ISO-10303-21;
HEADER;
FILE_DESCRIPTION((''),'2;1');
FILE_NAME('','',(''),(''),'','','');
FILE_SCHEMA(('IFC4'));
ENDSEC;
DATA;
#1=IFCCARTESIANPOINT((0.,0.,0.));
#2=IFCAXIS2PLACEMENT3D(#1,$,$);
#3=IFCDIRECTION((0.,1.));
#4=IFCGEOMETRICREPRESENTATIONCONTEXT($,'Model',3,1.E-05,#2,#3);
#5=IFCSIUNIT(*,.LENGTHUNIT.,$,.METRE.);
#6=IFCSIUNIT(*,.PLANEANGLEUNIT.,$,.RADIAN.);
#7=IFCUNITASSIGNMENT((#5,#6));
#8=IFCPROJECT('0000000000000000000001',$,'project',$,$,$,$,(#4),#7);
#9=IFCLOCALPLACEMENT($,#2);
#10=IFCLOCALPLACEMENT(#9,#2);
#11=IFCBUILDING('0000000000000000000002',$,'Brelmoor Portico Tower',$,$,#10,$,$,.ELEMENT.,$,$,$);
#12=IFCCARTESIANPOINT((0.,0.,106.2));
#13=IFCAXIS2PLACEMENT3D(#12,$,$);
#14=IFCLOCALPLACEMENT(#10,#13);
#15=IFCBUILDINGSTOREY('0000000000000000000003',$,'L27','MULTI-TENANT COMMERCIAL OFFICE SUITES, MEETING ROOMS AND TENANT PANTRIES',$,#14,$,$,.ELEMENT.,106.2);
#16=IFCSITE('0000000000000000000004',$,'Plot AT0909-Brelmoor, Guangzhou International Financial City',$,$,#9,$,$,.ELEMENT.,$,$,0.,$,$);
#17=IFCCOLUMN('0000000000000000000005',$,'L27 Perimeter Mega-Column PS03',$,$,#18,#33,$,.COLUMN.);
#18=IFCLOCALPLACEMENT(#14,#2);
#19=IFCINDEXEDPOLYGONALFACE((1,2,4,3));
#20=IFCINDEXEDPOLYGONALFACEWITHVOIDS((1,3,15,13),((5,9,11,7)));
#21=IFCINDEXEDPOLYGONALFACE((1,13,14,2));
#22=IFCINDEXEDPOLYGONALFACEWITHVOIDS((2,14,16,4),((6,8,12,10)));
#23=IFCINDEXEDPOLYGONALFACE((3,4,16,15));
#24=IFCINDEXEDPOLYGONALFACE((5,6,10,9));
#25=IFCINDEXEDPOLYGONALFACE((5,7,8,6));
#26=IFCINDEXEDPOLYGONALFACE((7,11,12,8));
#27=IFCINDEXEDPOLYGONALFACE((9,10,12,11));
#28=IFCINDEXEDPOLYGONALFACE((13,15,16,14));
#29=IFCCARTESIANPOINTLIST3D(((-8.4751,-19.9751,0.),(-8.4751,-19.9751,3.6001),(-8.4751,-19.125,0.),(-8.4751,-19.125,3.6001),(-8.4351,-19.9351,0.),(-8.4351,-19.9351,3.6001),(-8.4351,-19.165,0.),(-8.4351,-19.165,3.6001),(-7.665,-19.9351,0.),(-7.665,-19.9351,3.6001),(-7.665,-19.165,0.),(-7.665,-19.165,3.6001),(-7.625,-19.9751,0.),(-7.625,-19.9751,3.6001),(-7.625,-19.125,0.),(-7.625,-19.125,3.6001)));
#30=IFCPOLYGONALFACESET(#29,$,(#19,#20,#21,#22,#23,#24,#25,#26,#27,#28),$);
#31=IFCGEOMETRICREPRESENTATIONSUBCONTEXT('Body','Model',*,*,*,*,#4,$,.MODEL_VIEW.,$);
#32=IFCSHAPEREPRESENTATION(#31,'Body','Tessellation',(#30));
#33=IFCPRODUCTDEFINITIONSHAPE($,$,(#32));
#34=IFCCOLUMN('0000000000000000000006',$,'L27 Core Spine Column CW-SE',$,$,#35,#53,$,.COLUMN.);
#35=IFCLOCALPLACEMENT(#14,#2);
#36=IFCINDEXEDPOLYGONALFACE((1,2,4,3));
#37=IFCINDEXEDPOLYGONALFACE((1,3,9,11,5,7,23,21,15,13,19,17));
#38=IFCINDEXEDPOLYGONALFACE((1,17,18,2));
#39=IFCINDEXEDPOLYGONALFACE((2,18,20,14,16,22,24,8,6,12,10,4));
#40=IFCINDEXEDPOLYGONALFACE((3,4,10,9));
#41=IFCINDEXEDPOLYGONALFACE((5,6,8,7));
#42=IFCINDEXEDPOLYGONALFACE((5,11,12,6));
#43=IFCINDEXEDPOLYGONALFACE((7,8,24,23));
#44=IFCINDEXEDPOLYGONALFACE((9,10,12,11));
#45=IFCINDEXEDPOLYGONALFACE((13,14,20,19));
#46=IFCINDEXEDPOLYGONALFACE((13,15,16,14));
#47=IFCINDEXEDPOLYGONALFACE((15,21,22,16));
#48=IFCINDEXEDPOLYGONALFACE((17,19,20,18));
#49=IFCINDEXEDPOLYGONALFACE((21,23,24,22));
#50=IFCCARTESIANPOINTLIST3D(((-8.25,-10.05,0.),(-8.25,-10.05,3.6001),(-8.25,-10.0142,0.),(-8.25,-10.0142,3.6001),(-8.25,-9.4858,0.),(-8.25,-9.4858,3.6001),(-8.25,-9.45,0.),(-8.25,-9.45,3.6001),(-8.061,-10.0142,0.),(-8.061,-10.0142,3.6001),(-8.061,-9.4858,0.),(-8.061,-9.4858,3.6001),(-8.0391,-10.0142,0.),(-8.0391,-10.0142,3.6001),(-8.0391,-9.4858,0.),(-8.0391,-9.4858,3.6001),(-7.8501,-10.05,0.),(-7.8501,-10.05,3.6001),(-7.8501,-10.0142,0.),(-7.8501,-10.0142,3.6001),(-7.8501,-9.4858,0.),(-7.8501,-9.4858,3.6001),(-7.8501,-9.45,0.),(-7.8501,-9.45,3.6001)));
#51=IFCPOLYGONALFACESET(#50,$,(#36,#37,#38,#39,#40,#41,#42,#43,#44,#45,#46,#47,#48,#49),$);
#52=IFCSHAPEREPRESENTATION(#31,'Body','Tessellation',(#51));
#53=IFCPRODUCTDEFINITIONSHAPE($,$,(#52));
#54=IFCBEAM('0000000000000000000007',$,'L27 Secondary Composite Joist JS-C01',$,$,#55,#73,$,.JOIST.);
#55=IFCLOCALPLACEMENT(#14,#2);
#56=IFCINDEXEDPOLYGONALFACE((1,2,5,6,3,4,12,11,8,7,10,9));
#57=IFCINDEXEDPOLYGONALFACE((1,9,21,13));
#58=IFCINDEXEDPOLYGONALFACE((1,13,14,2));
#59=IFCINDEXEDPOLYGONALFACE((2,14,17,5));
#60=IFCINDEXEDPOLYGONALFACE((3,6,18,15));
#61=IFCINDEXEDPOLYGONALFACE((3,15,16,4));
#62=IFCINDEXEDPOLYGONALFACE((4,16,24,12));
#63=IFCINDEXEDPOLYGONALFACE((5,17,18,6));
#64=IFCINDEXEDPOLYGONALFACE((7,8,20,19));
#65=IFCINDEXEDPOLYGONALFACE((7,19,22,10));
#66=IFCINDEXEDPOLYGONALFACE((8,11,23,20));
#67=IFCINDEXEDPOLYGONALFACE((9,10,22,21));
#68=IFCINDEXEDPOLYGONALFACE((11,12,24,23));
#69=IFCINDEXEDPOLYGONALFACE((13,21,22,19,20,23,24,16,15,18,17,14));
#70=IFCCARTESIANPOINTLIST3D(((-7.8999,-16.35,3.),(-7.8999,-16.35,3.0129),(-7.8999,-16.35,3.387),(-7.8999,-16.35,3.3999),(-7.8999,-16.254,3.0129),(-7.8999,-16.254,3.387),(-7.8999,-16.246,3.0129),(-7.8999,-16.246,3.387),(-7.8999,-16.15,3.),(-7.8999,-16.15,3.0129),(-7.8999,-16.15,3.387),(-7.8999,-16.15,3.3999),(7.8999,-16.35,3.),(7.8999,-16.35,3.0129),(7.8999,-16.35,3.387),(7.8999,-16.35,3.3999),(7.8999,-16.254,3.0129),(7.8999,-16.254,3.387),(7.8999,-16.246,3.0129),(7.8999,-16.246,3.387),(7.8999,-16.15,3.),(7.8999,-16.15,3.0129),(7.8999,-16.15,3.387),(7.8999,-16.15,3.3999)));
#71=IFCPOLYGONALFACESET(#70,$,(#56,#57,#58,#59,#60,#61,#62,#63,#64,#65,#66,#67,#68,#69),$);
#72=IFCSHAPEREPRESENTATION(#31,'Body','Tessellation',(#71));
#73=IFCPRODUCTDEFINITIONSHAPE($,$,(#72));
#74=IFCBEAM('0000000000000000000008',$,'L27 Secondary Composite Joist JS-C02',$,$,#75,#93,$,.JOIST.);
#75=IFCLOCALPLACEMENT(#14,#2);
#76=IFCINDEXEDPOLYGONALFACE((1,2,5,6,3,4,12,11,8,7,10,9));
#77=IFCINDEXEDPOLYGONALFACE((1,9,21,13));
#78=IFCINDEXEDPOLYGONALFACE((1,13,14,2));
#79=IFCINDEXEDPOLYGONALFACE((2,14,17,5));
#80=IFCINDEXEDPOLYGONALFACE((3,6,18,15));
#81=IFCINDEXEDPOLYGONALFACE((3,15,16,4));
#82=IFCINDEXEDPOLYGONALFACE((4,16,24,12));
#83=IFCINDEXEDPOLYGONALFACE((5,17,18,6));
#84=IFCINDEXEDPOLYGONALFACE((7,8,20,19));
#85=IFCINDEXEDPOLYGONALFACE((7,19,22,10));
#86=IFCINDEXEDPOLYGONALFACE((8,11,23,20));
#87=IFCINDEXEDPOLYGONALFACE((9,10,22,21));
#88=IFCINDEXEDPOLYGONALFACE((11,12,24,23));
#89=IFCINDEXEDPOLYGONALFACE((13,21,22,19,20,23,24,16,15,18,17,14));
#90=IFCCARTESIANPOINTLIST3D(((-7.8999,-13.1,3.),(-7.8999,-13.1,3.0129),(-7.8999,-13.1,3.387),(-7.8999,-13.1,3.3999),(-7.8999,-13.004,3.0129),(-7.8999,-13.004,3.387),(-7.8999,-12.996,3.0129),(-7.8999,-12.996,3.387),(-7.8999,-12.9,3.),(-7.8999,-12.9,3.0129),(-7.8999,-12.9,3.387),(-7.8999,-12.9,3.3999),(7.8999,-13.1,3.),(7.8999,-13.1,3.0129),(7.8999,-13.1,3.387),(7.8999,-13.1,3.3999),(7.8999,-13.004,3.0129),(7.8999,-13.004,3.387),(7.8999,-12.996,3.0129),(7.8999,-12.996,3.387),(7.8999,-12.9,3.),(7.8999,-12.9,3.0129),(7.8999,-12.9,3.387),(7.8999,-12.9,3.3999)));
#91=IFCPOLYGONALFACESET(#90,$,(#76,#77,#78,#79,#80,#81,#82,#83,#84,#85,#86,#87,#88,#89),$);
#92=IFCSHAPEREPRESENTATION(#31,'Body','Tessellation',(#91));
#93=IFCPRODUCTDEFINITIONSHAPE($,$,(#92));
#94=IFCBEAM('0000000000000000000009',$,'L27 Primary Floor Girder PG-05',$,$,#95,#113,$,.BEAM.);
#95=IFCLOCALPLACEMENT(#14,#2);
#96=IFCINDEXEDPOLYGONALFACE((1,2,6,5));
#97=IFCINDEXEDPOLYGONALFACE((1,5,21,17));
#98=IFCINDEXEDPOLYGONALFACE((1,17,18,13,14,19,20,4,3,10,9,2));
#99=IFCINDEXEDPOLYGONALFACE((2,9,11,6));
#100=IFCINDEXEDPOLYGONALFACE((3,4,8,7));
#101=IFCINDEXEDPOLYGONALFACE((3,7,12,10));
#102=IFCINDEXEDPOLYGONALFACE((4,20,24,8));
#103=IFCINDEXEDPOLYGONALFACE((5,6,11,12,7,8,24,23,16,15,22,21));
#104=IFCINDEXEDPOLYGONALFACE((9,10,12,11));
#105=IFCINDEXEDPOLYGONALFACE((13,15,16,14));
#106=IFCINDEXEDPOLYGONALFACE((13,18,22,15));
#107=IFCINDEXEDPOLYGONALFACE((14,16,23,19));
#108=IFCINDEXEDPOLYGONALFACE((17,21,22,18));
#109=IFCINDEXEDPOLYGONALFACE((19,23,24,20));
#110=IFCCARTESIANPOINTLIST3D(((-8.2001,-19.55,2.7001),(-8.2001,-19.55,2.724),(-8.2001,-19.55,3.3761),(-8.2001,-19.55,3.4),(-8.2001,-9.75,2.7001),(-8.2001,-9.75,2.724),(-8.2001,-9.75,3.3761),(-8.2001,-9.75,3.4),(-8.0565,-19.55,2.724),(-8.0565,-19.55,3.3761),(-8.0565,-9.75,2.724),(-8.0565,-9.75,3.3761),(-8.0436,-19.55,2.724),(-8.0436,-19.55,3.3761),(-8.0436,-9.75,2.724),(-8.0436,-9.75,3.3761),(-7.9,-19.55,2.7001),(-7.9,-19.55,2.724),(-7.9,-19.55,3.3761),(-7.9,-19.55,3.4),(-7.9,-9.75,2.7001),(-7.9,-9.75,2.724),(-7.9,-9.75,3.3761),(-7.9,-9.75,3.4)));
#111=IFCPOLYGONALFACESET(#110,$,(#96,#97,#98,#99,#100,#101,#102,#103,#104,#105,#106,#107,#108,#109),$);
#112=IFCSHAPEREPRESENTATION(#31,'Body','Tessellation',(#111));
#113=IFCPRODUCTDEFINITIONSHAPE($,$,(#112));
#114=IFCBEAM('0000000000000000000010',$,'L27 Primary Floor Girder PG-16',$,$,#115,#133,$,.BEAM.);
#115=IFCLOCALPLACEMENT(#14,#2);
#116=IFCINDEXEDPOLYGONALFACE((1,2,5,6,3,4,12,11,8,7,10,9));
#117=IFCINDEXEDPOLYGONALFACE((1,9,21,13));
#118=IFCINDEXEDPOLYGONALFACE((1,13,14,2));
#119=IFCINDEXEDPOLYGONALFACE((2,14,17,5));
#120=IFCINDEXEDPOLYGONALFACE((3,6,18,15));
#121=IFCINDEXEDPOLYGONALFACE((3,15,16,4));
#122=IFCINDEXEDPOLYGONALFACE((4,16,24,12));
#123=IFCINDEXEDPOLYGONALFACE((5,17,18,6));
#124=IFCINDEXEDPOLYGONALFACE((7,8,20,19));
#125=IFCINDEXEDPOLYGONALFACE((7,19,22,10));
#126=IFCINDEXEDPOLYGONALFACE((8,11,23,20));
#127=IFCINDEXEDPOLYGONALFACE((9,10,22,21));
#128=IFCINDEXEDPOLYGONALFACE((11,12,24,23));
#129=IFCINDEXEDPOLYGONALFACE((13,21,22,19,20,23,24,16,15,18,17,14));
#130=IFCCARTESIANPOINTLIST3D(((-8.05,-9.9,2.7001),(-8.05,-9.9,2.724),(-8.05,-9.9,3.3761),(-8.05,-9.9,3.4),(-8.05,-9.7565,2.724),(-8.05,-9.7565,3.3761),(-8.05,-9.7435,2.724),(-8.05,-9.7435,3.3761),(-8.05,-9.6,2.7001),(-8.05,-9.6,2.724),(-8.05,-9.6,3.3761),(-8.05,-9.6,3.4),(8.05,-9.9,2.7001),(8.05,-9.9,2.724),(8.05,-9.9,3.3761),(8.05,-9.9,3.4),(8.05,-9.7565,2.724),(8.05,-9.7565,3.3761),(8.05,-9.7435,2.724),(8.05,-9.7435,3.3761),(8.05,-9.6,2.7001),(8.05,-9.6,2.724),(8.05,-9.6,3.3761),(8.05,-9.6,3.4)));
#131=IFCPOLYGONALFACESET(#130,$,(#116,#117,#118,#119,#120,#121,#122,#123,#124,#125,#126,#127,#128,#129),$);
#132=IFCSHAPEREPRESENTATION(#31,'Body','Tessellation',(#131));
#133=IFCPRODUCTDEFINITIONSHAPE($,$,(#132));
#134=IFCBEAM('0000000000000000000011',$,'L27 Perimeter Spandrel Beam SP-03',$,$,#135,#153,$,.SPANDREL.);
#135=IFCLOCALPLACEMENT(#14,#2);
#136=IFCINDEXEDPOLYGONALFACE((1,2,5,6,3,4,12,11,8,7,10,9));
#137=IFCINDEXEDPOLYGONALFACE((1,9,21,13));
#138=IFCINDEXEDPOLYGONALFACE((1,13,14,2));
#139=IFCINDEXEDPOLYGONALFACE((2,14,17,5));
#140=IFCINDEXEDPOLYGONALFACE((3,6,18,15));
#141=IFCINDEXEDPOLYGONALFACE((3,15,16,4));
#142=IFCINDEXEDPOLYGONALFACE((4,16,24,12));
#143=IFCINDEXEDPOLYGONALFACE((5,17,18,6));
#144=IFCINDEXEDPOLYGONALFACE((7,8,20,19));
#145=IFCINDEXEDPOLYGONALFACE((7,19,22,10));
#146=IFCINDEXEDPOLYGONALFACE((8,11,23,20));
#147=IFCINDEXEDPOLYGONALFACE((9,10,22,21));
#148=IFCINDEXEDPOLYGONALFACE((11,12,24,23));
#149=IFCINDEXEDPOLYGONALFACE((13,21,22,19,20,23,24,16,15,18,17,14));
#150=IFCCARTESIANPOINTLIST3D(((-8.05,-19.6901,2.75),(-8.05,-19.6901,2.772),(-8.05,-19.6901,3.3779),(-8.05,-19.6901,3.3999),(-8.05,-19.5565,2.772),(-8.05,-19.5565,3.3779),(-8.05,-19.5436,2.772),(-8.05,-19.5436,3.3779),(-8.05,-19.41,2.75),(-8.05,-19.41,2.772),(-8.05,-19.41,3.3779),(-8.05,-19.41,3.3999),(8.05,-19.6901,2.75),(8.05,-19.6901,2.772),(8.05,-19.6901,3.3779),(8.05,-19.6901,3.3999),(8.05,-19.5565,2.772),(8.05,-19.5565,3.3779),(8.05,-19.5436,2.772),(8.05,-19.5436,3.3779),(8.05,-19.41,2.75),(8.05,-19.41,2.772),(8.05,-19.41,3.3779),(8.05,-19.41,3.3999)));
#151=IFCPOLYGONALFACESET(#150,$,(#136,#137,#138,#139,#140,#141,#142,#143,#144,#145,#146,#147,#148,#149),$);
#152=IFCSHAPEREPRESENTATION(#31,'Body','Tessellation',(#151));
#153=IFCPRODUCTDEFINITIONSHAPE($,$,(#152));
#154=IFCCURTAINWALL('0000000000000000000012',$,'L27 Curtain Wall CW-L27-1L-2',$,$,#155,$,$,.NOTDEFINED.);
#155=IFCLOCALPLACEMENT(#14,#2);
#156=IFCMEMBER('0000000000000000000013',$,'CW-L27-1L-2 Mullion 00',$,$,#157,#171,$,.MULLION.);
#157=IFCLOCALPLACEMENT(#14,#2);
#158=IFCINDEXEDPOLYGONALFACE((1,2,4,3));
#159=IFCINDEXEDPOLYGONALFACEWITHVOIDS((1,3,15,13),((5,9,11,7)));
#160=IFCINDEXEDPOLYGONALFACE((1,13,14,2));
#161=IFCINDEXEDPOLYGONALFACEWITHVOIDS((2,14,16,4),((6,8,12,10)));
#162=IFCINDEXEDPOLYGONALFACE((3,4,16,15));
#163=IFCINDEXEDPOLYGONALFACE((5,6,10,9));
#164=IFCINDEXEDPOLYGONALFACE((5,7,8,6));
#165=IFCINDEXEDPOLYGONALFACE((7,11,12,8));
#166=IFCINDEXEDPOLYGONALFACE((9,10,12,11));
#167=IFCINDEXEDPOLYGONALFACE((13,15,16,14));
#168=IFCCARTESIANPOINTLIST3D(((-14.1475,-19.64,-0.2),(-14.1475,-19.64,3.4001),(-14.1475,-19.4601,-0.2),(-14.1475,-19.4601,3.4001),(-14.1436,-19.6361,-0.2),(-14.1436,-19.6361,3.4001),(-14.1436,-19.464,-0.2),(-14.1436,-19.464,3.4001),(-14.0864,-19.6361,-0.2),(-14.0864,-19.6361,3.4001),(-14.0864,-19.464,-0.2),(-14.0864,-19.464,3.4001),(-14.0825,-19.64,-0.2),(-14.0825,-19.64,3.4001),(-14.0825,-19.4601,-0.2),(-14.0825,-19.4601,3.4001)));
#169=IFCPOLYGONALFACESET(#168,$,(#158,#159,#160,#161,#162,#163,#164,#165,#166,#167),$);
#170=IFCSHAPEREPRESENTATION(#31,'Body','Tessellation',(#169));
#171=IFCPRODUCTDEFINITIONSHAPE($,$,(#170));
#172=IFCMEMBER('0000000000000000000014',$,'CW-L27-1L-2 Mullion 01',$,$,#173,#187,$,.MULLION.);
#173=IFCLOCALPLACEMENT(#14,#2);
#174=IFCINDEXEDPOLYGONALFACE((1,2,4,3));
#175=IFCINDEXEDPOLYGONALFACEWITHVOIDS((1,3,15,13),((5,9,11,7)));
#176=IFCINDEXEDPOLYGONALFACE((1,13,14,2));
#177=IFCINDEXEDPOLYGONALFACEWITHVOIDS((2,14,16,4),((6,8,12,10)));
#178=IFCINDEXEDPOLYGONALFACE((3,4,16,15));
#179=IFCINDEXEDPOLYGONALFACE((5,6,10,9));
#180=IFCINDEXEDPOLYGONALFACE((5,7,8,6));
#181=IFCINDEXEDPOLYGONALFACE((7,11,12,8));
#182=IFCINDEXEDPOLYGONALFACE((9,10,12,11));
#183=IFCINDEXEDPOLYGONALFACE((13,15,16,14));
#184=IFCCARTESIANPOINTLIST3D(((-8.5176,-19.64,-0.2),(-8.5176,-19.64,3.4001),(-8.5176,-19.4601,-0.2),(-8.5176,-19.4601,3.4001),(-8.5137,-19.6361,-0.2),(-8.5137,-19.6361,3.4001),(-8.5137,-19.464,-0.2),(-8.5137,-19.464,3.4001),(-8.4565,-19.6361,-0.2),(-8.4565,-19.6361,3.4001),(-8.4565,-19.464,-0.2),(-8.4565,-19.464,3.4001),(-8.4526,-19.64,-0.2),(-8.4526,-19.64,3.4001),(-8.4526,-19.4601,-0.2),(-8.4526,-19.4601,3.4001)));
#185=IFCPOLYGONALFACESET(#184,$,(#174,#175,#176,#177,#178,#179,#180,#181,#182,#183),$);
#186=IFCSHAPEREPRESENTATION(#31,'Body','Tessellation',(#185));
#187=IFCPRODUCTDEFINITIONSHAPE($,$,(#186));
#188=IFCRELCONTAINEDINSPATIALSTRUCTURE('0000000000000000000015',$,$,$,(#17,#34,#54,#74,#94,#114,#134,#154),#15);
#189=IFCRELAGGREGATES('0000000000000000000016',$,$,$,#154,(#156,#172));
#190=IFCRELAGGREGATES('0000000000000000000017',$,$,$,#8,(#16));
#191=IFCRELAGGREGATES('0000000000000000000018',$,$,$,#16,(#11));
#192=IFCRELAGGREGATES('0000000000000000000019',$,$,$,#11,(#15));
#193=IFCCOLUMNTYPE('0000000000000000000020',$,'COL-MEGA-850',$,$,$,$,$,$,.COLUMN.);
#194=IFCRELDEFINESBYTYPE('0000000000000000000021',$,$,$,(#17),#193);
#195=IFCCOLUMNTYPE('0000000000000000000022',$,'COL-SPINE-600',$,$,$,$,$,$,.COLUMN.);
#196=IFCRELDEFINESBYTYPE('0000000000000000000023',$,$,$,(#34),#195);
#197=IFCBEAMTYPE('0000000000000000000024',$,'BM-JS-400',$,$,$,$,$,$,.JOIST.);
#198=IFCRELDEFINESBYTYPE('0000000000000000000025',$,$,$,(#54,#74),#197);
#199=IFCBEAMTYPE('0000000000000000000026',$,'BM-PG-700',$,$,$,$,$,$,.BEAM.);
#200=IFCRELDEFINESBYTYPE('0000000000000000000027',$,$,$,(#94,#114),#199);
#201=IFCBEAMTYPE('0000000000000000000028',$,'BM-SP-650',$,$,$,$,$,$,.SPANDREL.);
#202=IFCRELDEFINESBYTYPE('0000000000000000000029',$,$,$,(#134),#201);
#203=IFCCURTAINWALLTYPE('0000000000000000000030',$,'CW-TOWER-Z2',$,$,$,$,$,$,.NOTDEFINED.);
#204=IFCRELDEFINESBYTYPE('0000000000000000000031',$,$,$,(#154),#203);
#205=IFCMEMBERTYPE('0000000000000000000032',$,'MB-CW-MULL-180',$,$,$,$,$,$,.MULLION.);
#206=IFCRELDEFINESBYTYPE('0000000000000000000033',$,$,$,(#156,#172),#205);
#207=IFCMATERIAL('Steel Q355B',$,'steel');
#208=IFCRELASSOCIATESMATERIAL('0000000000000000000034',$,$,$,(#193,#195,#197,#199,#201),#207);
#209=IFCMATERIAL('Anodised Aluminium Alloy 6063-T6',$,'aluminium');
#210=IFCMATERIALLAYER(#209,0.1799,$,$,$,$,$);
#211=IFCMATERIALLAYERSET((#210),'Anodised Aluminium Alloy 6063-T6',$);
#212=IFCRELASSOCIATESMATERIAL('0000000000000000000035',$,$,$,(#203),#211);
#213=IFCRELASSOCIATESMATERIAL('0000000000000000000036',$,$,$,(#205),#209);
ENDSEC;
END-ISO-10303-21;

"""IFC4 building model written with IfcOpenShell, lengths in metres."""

from ifc_helpers import new_model, si_unit, direction, frame, origin, origin_2d, place, context, subcontext, project, spatial, hollow_rectangle, i_section, extrude, material, layer, layer_set, material_profile, profile_set, type_object, element, aggregate, save


model = new_model("IFC4")

# Units and contexts
model_context = context("Model", 3, precision=1e-05, world=origin(), true_north=direction((0.0, 1.0)))
body_context = subcontext(model_context, "Body", "Model", "MODEL_VIEW")
ifc_project = project(units=[si_unit("LENGTHUNIT", "METRE"), si_unit("PLANEANGLEUNIT", "RADIAN")], contexts=[model_context])

# Site, building, storey
site_placement = place(None, origin())
site = spatial("IfcSite", under=ifc_project, at=site_placement, Name="Plot AT0909-Brelmoor, Guangzhou International Financial City", CompositionType="ELEMENT", RefElevation=0.0)
building_placement = place(site_placement, origin())
building = spatial("IfcBuilding", under=site, at=building_placement, Name="Brelmoor Portico Tower", CompositionType="ELEMENT")
storey_placement = place(building_placement, frame((0.0, 0.0, 106.2)))
storey = spatial("IfcBuildingStorey", under=building, at=storey_placement, Name="L27", Description="MULTI-TENANT COMMERCIAL OFFICE SUITES, MEETING ROOMS AND TENANT PANTRIES", CompositionType="ELEMENT", Elevation=106.2)

# Columns
ifc_material_1 = material(Name="Steel Q355B", Category="steel")
ifc_material_profile_1 = material_profile(ifc_material_1, hollow_rectangle(XDim=0.8501, YDim=0.8501, WallThickness=0.04, at=origin_2d()), Name="BOX 850x850x40")
ifc_profile_set_1 = profile_set([ifc_material_profile_1], Name="Steel Q355B")
column_type_1 = type_object("IfcColumnType", Name="COL-MEGA-850", PredefinedType="COLUMN", material=ifc_profile_set_1)
column_1_placement = place(storey_placement, frame((-8.05, -19.55, 0.0), z_axis=(0.0, 0.0, 1.0), x_axis=(1.0, 0.0, 0.0)))
element("IfcColumn", 1, at=column_1_placement, inside=storey, type_object=column_type_1, Name="L27 Perimeter Mega-Column PS03", PredefinedType="COLUMN", context=body_context, shape_type="SweptSolid", body=[
    extrude(hollow_rectangle(XDim=0.8501, YDim=0.8501, WallThickness=0.04, at=origin_2d()), origin(), (0.0, 0.0, 1.0), 3.6001),
])
ifc_material_profile_2 = material_profile(ifc_material_1, i_section(OverallWidth=0.3999, OverallDepth=0.6001, WebThickness=0.022, FlangeThickness=0.0359, at=origin_2d()), Name="HW 600x400x22x36")
ifc_profile_set_2 = profile_set([ifc_material_profile_2], Name="Steel Q355B")
column_type_2 = type_object("IfcColumnType", Name="COL-SPINE-600", PredefinedType="COLUMN", material=ifc_profile_set_2)
column_2_placement = place(storey_placement, frame((-8.05, -9.75, 0.0), z_axis=(0.0, 0.0, 1.0), x_axis=(1.0, 0.0, 0.0)))
element("IfcColumn", 2, at=column_2_placement, inside=storey, type_object=column_type_2, Name="L27 Core Spine Column CW-SE", PredefinedType="COLUMN", context=body_context, shape_type="SweptSolid", body=[
    extrude(i_section(OverallWidth=0.3999, OverallDepth=0.6001, WebThickness=0.022, FlangeThickness=0.0359, at=origin_2d()), origin(), (0.0, 0.0, 1.0), 3.6001),
])

# Beams
ifc_material_profile_3 = material_profile(ifc_material_1, i_section(OverallWidth=0.2, OverallDepth=0.3999, WebThickness=0.0081, FlangeThickness=0.0129, at=origin_2d()), Name="HN 400x200x8x13")
ifc_profile_set_3 = profile_set([ifc_material_profile_3], Name="Steel Q355B")
beam_type_1 = type_object("IfcBeamType", Name="BM-JS-400", PredefinedType="JOIST", material=ifc_profile_set_3)
for number, where, z_axis, x_axis, name in (
    (3, (-7.8999, -16.25, 3.2), (1.0, 0.0, 0.0), (0.0, 1.0, 0.0), "L27 Secondary Composite Joist JS-C01"),
    (4, (-7.8999, -13.0, 3.2), (1.0, 0.0, 0.0), (0.0, 1.0, 0.0), "L27 Secondary Composite Joist JS-C02"),
):
    element("IfcBeam", number, at=place(storey_placement, frame(where, z_axis=z_axis, x_axis=x_axis)), inside=storey, type_object=beam_type_1, Name=name, PredefinedType="JOIST", context=body_context, shape_type="SweptSolid", body=[
        extrude(i_section(OverallWidth=0.2, OverallDepth=0.3999, WebThickness=0.0081, FlangeThickness=0.0129, at=origin_2d()), origin(), (0.0, 0.0, 1.0), 15.7998),
    ])
ifc_material_profile_4 = material_profile(ifc_material_1, i_section(OverallWidth=0.3, OverallDepth=0.7, WebThickness=0.0129, FlangeThickness=0.0239, at=origin_2d()), Name="HN 700x300x13x24")
ifc_profile_set_4 = profile_set([ifc_material_profile_4], Name="Steel Q355B")
beam_type_2 = type_object("IfcBeamType", Name="BM-PG-700", PredefinedType="BEAM", material=ifc_profile_set_4)
beam_1_placement = place(storey_placement, frame((-8.05, -19.55, 3.05), z_axis=(0.0, 1.0, 0.0), x_axis=(-1.0, 0.0, 0.0)))
element("IfcBeam", 5, at=beam_1_placement, inside=storey, type_object=beam_type_2, Name="L27 Primary Floor Girder PG-05", PredefinedType="BEAM", context=body_context, shape_type="SweptSolid", body=[
    extrude(i_section(OverallWidth=0.3, OverallDepth=0.7, WebThickness=0.0129, FlangeThickness=0.0239, at=origin_2d()), origin(), (0.0, 0.0, 1.0), 9.8),
])
beam_2_placement = place(storey_placement, frame((-8.05, -9.75, 3.05), z_axis=(1.0, 0.0, 0.0), x_axis=(0.0, 1.0, 0.0)))
element("IfcBeam", 6, at=beam_2_placement, inside=storey, type_object=beam_type_2, Name="L27 Primary Floor Girder PG-16", PredefinedType="BEAM", context=body_context, shape_type="SweptSolid", body=[
    extrude(i_section(OverallWidth=0.3, OverallDepth=0.7, WebThickness=0.0129, FlangeThickness=0.0239, at=origin_2d()), origin(), (0.0, 0.0, 1.0), 16.1001),
])
ifc_material_profile_5 = material_profile(ifc_material_1, i_section(OverallWidth=0.28, OverallDepth=0.6499, WebThickness=0.0129, FlangeThickness=0.022, at=origin_2d()), Name="HN 650x280x13x22")
ifc_profile_set_5 = profile_set([ifc_material_profile_5], Name="Steel Q355B")
beam_type_3 = type_object("IfcBeamType", Name="BM-SP-650", PredefinedType="SPANDREL", material=ifc_profile_set_5)
beam_3_placement = place(storey_placement, frame((-8.05, -19.55, 3.075), z_axis=(1.0, 0.0, 0.0), x_axis=(0.0, 1.0, 0.0)))
element("IfcBeam", 7, at=beam_3_placement, inside=storey, type_object=beam_type_3, Name="L27 Perimeter Spandrel Beam SP-03", PredefinedType="SPANDREL", context=body_context, shape_type="SweptSolid", body=[
    extrude(i_section(OverallWidth=0.28, OverallDepth=0.6499, WebThickness=0.0129, FlangeThickness=0.022, at=origin_2d()), origin(), (0.0, 0.0, 1.0), 16.1001),
])

# Curtain wall, members
ifc_material_2 = material(Name="Anodised Aluminium Alloy 6063-T6", Category="aluminium")
ifc_layer_1 = layer(ifc_material_2, 0.1799)
ifc_layer_set_1 = layer_set([ifc_layer_1], Name="Anodised Aluminium Alloy 6063-T6")
curtain_wall_type = type_object("IfcCurtainWallType", Name="CW-TOWER-Z2", PredefinedType="NOTDEFINED", material=ifc_layer_set_1)
curtain_wall_1_placement = place(storey_placement, origin())
curtain_wall_1 = element("IfcCurtainWall", 8, at=curtain_wall_1_placement, inside=storey, type_object=curtain_wall_type, Name="L27 Curtain Wall CW-L27-1L-2", PredefinedType="NOTDEFINED")
ifc_material_profile_6 = material_profile(ifc_material_2, hollow_rectangle(XDim=0.0649, YDim=0.1799, WallThickness=0.0039, at=origin_2d()), Name="ALU MULLION 65x180")
ifc_profile_set_6 = profile_set([ifc_material_profile_6], Name="Anodised Aluminium Alloy 6063-T6")
member_type_1 = type_object("IfcMemberType", Name="MB-CW-MULL-180", PredefinedType="MULLION", material=ifc_profile_set_6)
member_1_placement = place(storey_placement, frame((-14.115, -19.55, -0.2), z_axis=(0.0, 0.0, 1.0), x_axis=(1.0, 0.0, 0.0)))
member_1 = element("IfcMember", 9, at=member_1_placement, type_object=member_type_1, Name="CW-L27-1L-2 Mullion 00", PredefinedType="MULLION", context=body_context, shape_type="SweptSolid", body=[
    extrude(hollow_rectangle(XDim=0.0649, YDim=0.1799, WallThickness=0.0039, at=origin_2d()), origin(), (0.0, 0.0, 1.0), 3.6001),
])
member_2_placement = place(storey_placement, frame((-8.4851, -19.55, -0.2), z_axis=(0.0, 0.0, 1.0), x_axis=(1.0, 0.0, 0.0)))
member_2 = element("IfcMember", 10, at=member_2_placement, type_object=member_type_1, Name="CW-L27-1L-2 Mullion 01", PredefinedType="MULLION", context=body_context, shape_type="SweptSolid", body=[
    extrude(hollow_rectangle(XDim=0.0649, YDim=0.1799, WallThickness=0.0039, at=origin_2d()), origin(), (0.0, 0.0, 1.0), 3.6001),
])

aggregate(curtain_wall_1, [member_1, member_2])

save(model, "model.ifc")
